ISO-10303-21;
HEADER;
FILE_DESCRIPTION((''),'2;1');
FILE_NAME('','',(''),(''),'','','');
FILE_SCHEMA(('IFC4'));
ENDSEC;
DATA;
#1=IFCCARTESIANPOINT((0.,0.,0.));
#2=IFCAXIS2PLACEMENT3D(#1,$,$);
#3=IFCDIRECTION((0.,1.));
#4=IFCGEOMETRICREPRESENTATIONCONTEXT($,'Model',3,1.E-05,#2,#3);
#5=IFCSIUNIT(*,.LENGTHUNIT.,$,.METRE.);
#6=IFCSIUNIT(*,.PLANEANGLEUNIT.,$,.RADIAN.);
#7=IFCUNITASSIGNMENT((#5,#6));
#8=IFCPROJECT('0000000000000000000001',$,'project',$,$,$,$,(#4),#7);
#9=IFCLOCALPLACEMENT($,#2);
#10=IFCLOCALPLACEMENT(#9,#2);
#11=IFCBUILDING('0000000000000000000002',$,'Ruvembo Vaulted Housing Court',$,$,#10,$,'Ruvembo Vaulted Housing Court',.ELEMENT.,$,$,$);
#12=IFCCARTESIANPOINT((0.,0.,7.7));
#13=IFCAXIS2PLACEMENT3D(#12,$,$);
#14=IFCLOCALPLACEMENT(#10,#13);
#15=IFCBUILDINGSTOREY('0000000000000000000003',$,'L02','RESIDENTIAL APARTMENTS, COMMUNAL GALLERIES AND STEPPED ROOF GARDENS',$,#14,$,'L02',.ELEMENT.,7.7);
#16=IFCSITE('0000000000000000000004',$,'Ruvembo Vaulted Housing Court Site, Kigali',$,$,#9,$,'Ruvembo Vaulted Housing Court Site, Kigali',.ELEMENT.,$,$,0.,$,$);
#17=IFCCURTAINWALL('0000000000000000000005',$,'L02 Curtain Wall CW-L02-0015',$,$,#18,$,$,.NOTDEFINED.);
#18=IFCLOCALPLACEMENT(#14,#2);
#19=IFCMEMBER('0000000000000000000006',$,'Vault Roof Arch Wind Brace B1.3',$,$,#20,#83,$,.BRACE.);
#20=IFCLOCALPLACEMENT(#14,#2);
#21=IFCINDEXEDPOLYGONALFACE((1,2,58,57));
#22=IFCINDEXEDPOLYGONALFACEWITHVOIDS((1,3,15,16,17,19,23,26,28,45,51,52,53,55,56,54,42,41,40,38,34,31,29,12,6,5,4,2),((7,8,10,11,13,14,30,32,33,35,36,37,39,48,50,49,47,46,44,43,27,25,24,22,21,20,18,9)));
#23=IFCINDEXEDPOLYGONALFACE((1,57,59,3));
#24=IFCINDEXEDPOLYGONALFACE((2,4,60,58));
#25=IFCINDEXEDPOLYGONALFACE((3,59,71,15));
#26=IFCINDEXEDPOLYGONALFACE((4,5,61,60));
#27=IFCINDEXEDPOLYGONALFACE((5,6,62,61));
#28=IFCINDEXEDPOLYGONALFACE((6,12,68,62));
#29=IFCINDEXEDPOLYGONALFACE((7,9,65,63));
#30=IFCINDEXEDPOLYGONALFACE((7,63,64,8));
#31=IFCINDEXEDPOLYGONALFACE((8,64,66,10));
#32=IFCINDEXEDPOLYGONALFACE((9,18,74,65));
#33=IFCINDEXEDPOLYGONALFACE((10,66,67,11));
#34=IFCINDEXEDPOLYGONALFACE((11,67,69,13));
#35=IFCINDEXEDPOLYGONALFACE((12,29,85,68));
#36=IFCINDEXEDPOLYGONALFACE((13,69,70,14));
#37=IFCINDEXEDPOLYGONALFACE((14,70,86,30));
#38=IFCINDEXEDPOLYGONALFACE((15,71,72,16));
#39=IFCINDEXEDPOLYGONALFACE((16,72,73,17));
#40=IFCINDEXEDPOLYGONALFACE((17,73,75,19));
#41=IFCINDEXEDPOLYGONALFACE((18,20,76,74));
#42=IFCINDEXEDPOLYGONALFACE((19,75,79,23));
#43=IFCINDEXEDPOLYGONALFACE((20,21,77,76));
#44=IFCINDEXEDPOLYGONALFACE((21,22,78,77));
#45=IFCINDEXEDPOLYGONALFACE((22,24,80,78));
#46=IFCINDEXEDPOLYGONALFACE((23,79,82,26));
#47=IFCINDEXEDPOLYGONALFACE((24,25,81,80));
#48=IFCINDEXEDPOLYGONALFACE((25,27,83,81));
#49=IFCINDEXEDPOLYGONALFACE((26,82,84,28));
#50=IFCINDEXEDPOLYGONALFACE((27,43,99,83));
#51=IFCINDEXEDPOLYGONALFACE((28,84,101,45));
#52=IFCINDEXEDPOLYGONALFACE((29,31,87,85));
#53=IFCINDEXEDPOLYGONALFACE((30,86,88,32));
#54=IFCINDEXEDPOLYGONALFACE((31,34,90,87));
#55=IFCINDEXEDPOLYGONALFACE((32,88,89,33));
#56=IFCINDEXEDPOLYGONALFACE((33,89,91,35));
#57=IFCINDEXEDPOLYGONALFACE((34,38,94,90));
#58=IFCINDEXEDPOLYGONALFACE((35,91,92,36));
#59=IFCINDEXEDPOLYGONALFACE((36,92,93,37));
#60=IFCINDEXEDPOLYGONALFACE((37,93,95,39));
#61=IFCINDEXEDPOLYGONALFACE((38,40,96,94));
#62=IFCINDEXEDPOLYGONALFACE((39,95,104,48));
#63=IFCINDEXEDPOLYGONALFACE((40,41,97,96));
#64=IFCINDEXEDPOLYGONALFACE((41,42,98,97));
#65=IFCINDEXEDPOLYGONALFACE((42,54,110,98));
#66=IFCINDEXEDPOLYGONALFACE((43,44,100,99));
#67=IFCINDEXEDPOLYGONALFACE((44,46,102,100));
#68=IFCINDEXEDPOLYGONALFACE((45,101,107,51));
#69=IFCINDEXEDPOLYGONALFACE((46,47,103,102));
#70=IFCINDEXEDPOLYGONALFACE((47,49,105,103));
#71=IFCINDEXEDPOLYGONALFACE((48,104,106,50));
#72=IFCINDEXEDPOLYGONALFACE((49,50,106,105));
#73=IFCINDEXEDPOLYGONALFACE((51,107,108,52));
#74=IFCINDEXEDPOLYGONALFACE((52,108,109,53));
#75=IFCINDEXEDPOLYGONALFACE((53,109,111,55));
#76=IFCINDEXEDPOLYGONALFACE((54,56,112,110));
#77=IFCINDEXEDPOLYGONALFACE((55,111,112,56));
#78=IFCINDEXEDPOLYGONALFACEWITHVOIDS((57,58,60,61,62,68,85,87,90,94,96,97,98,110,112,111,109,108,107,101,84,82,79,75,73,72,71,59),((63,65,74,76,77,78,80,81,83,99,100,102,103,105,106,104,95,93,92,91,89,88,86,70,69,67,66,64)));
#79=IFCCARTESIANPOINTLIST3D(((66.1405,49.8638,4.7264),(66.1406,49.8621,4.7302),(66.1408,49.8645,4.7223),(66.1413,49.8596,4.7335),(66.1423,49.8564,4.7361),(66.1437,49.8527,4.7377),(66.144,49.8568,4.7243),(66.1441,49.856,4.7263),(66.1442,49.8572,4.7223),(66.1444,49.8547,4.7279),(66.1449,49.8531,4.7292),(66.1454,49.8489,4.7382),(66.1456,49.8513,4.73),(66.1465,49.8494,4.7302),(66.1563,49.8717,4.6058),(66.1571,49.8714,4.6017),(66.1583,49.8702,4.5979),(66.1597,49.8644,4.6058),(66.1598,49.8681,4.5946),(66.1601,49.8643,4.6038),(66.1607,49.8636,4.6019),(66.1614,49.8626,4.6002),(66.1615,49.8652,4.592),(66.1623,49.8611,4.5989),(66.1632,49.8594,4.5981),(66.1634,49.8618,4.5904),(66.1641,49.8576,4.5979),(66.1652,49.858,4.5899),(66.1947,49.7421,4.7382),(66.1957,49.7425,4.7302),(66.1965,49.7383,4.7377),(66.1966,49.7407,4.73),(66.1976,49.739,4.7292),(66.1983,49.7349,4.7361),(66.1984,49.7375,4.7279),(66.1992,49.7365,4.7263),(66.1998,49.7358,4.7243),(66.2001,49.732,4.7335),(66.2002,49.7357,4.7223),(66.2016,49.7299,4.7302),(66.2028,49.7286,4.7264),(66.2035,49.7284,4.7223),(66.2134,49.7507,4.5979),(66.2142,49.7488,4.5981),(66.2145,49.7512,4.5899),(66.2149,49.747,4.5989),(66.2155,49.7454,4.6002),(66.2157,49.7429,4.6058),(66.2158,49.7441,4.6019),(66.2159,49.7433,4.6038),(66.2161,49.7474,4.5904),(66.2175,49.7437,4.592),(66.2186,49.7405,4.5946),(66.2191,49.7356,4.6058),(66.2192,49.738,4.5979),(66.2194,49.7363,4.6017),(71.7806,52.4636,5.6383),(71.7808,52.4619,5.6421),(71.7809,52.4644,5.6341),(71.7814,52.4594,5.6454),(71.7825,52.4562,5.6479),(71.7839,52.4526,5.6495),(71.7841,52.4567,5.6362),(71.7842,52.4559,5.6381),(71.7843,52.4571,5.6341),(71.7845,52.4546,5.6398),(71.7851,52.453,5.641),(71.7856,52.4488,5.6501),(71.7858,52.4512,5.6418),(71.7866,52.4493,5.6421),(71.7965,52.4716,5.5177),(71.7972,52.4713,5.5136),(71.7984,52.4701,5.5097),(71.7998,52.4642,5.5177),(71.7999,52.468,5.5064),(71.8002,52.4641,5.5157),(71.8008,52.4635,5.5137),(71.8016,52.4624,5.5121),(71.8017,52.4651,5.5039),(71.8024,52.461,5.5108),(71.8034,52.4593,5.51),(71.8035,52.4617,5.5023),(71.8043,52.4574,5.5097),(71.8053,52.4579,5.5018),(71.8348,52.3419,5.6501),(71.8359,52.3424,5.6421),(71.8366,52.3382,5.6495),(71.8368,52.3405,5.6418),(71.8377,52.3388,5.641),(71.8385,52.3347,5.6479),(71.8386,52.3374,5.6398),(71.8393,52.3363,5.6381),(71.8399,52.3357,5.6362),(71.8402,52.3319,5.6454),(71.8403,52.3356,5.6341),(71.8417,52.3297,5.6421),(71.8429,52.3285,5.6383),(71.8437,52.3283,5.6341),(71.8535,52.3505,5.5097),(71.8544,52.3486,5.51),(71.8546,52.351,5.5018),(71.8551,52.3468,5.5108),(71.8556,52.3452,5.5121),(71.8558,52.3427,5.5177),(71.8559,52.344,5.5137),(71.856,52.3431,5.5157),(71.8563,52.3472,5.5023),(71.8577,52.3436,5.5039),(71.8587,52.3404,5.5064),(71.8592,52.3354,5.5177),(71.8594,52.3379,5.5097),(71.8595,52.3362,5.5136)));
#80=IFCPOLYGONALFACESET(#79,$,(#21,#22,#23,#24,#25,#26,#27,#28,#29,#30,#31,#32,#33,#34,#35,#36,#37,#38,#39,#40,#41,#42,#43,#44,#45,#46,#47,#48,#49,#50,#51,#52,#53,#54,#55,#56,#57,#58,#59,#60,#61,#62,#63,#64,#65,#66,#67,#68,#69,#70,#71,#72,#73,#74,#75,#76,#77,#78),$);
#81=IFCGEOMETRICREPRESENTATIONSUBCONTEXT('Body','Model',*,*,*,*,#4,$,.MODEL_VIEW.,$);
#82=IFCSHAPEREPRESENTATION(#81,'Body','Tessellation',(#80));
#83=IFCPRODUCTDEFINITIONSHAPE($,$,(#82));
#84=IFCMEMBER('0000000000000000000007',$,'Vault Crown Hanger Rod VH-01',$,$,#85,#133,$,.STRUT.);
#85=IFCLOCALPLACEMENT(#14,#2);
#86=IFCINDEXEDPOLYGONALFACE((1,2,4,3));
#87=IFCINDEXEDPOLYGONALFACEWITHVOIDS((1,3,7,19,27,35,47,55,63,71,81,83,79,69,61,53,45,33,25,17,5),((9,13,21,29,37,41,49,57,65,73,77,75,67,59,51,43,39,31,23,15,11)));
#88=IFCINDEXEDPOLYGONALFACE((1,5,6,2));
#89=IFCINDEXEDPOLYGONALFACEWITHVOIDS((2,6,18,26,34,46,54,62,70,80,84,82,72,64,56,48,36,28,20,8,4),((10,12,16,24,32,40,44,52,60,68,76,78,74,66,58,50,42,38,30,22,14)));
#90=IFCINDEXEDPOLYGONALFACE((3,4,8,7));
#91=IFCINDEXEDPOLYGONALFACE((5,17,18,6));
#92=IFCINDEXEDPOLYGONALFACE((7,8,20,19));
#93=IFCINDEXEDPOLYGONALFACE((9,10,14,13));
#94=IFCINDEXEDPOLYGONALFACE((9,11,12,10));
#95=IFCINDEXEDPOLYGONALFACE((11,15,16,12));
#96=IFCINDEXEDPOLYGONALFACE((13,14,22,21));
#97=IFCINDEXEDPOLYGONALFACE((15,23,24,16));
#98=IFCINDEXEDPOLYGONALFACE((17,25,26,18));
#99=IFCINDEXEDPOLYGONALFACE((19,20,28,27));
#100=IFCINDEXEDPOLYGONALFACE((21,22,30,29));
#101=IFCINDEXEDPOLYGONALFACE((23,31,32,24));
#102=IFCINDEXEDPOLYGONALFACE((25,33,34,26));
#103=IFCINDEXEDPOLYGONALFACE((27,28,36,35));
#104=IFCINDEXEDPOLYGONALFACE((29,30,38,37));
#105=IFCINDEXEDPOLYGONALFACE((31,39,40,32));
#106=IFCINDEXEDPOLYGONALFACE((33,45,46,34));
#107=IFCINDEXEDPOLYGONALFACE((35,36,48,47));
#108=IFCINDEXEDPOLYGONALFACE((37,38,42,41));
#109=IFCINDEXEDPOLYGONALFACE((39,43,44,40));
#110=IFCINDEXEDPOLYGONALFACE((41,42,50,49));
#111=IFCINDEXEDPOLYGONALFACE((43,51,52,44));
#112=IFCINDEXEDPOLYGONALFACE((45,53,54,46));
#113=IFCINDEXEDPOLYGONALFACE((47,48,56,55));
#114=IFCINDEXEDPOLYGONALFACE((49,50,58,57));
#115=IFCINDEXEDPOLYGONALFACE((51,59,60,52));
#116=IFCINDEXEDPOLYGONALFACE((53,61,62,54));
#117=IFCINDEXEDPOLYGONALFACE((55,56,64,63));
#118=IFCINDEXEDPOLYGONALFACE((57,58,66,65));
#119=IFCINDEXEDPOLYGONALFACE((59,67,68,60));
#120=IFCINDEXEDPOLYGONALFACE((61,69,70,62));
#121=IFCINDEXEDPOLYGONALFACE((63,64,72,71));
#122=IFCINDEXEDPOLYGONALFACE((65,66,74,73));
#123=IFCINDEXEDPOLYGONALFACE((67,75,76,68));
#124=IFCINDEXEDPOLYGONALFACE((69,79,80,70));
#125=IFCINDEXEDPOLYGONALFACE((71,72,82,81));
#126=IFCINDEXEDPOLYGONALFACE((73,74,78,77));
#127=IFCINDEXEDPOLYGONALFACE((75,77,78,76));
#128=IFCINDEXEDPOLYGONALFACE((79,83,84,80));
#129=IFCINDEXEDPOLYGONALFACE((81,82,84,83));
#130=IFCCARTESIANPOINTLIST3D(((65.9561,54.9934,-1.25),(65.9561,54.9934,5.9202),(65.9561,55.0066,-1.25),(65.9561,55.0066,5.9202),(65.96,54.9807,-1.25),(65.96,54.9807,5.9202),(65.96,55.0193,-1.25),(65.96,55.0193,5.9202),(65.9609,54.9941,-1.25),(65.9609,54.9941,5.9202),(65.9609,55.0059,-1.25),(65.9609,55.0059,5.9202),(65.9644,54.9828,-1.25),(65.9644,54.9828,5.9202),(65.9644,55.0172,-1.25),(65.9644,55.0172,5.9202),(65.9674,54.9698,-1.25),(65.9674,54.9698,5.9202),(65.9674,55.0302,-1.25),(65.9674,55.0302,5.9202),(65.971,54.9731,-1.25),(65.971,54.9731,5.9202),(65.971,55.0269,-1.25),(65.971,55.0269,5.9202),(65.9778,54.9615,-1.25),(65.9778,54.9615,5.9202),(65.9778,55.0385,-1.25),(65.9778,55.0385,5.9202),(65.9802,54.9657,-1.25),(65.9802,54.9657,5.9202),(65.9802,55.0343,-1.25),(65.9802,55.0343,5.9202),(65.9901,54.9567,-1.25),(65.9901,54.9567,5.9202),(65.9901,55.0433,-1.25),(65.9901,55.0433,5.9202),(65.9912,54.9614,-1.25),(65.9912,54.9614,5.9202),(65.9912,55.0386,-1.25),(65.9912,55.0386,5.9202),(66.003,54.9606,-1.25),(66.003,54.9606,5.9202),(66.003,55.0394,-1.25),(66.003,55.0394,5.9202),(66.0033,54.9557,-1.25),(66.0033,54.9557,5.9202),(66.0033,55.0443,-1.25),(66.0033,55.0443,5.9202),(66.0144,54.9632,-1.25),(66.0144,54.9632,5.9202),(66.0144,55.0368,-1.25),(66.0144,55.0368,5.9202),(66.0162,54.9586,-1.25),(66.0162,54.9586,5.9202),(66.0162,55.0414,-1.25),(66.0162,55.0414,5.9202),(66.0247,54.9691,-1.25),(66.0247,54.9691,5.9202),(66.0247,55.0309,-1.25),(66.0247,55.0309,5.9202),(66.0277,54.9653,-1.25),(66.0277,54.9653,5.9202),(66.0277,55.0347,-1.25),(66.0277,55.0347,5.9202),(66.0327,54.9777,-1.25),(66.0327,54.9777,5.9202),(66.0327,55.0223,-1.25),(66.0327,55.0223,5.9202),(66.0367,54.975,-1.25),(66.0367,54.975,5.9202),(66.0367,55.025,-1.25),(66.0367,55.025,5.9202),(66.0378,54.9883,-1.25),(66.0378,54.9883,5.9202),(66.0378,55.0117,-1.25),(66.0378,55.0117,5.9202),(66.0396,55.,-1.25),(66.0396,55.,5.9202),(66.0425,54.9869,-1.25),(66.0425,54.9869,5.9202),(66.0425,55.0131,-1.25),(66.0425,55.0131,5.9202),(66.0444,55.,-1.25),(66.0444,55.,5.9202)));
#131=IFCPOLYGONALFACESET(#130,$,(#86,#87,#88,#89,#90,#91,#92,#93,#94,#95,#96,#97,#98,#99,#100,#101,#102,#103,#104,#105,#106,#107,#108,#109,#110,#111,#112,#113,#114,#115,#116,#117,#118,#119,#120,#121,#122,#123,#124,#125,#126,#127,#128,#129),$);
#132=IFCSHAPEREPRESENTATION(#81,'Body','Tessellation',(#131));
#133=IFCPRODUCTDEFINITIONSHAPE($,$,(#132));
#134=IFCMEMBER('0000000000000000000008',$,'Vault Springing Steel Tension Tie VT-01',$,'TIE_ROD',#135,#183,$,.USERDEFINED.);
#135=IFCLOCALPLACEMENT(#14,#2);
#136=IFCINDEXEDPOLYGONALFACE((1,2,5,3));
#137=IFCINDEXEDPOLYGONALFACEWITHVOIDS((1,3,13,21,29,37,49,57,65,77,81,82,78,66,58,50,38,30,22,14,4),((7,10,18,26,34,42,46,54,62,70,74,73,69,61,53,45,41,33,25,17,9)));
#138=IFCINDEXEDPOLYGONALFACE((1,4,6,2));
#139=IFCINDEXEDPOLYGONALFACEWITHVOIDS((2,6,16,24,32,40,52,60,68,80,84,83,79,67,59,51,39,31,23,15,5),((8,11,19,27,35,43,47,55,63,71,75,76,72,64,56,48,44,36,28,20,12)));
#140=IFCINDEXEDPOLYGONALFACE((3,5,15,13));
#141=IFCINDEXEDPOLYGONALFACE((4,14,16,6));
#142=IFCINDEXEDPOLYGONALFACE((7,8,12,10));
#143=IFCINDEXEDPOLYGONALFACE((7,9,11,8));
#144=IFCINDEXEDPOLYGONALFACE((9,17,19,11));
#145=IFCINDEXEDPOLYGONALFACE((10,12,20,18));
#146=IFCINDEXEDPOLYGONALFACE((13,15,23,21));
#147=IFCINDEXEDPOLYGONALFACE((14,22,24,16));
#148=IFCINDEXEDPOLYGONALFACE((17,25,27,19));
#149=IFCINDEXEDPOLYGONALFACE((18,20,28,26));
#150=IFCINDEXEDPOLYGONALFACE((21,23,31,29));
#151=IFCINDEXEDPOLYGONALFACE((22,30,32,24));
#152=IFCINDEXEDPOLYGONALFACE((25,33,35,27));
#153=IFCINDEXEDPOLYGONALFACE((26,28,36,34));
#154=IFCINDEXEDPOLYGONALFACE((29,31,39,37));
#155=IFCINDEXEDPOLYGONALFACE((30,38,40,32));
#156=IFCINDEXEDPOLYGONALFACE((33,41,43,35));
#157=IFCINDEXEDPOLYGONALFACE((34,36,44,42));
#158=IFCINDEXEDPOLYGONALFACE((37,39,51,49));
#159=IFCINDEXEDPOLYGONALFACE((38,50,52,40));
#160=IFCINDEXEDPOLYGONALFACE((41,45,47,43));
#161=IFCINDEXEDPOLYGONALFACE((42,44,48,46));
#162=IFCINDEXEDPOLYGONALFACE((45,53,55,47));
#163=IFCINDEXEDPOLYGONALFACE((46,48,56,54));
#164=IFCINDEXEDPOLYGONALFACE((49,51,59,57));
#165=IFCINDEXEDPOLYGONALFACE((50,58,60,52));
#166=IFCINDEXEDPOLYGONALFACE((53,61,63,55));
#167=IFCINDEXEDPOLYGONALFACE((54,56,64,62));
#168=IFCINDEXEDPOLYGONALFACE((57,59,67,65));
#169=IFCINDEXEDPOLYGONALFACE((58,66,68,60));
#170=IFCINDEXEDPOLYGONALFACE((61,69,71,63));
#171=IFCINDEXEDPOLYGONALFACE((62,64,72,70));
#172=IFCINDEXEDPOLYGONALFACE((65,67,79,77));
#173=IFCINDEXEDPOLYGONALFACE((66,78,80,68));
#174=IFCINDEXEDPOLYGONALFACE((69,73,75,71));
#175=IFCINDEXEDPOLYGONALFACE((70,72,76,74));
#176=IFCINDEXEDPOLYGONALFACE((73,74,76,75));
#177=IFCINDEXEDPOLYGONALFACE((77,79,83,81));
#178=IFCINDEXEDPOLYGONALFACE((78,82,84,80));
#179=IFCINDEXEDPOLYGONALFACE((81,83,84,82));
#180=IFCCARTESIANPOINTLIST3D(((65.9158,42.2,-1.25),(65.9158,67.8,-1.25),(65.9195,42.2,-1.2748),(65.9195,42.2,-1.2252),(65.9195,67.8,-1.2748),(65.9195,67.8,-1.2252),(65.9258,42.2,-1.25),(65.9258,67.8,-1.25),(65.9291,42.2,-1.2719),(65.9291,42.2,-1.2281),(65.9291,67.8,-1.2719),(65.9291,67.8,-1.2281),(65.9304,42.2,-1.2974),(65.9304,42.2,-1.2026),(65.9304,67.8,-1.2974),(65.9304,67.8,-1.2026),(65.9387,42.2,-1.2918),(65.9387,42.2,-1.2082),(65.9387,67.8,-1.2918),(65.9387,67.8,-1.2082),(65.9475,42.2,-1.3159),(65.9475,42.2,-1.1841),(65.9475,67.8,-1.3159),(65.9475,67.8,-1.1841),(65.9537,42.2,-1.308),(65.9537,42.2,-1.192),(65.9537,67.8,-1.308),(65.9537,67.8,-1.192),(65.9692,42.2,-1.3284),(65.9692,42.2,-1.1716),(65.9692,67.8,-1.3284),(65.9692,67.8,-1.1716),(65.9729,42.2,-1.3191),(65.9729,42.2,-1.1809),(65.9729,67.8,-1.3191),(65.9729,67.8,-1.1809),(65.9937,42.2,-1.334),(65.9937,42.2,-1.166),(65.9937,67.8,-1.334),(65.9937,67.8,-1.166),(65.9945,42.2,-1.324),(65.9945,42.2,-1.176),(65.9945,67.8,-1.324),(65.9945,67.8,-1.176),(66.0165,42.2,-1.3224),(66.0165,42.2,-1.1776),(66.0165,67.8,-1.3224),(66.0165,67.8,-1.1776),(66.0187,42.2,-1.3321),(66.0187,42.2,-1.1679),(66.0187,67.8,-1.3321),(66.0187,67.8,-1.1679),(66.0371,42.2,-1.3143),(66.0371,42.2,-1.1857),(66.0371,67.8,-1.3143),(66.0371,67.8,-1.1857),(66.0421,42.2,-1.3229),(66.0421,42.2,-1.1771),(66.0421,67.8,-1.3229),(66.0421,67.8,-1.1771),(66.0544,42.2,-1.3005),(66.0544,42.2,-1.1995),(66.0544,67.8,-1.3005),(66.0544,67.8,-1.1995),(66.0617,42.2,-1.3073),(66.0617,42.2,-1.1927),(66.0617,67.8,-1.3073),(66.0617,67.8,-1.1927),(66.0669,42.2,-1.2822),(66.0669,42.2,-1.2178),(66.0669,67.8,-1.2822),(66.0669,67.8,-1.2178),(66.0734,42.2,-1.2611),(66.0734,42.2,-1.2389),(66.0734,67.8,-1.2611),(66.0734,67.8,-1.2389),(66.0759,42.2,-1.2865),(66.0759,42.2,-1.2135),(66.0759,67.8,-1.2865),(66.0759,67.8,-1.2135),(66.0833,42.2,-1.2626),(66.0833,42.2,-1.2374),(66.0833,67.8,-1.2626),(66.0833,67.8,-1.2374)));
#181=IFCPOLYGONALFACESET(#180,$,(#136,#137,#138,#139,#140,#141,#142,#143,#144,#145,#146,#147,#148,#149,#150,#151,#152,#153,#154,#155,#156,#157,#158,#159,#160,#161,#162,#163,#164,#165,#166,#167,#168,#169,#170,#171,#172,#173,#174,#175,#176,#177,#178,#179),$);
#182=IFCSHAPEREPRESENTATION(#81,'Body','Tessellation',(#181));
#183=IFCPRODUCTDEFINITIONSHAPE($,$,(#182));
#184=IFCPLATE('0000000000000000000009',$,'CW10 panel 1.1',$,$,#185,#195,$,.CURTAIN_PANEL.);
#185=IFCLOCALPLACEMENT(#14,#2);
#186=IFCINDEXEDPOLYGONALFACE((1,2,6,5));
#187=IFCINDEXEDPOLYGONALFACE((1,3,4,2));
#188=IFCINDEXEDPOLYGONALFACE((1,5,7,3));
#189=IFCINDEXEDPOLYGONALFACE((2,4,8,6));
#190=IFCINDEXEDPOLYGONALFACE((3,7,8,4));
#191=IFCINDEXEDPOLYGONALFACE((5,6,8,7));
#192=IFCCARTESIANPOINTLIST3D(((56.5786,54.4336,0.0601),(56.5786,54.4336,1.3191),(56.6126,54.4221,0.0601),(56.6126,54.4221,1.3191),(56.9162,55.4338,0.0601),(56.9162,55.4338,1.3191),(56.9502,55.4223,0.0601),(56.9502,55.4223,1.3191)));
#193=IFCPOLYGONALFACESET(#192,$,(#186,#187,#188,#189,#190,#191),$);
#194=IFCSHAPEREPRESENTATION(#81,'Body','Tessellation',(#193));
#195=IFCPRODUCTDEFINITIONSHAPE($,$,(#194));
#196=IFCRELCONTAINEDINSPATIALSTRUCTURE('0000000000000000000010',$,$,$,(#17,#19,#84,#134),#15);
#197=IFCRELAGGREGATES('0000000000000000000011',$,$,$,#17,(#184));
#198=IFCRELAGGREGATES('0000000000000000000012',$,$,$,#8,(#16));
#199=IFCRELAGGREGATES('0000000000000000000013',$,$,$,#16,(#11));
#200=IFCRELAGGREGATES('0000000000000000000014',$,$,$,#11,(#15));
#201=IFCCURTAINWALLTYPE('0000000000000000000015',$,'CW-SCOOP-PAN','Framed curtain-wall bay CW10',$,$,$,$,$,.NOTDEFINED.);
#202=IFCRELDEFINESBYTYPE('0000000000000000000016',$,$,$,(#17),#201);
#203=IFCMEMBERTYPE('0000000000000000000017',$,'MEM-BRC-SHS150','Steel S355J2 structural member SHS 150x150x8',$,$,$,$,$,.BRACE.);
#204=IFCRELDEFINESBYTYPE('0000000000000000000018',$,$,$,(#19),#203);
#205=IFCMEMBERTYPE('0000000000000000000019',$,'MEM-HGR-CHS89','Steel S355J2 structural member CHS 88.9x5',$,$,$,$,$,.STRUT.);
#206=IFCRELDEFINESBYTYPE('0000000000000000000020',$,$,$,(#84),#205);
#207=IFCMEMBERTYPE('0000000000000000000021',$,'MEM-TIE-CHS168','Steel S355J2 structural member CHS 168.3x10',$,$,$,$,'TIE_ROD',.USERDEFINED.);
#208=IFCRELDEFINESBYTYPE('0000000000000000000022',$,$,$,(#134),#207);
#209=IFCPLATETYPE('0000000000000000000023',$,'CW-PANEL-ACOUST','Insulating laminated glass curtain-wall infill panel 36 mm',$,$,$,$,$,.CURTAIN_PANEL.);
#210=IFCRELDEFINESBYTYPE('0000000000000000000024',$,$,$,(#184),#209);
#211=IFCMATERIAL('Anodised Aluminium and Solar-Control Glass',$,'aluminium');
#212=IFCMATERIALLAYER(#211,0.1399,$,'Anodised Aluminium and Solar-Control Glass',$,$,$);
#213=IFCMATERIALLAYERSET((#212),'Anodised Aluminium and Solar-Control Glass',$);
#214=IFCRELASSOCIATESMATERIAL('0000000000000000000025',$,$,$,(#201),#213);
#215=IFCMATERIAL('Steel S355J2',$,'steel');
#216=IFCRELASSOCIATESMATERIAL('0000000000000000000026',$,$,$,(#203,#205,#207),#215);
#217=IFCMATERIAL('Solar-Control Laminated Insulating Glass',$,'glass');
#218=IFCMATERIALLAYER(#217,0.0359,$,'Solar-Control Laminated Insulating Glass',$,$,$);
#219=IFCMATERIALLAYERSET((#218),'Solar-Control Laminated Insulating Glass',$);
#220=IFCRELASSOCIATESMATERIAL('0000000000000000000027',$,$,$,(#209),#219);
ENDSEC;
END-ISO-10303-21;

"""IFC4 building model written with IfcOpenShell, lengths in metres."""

from ifc_helpers import new_model, si_unit, direction, frame, origin, origin_2d, place, context, subcontext, project, spatial, rectangle, hollow_rectangle, hollow_circle, extrude, material, layer, layer_set, material_profile, profile_set, type_object, element, aggregate, save


model = new_model("IFC4")

# Units and contexts
model_context = context("Model", 3, precision=1e-05, world=origin(), true_north=direction((0.0, 1.0)))
body_context = subcontext(model_context, "Body", "Model", "MODEL_VIEW")
ifc_project = project(units=[si_unit("LENGTHUNIT", "METRE"), si_unit("PLANEANGLEUNIT", "RADIAN")], contexts=[model_context])

# Site, building, storey
site_placement = place(None, origin())
site = spatial("IfcSite", under=ifc_project, at=site_placement, Name="Ruvembo Vaulted Housing Court Site, Kigali", LongName="Ruvembo Vaulted Housing Court Site, Kigali", CompositionType="ELEMENT", RefElevation=0.0)
building_placement = place(site_placement, origin())
building = spatial("IfcBuilding", under=site, at=building_placement, Name="Ruvembo Vaulted Housing Court", LongName="Ruvembo Vaulted Housing Court", CompositionType="ELEMENT")
storey_placement = place(building_placement, frame((0.0, 0.0, 7.7)))
storey = spatial("IfcBuildingStorey", under=building, at=storey_placement, Name="L02", Description="RESIDENTIAL APARTMENTS, COMMUNAL GALLERIES AND STEPPED ROOF GARDENS", LongName="L02", CompositionType="ELEMENT", Elevation=7.7)

# Shared definitions
ifc_material_1 = material(Name="Steel S355J2", Category="steel")

# Curtain wall
ifc_material_2 = material(Name="Anodised Aluminium and Solar-Control Glass", Category="aluminium")
ifc_layer_1 = layer(ifc_material_2, 0.1399, Name="Anodised Aluminium and Solar-Control Glass")
ifc_layer_set_1 = layer_set([ifc_layer_1], Name="Anodised Aluminium and Solar-Control Glass")
curtain_wall_type = type_object("IfcCurtainWallType", Name="CW-SCOOP-PAN", Description="Framed curtain-wall bay CW10", PredefinedType="NOTDEFINED", material=ifc_layer_set_1)
curtain_wall_placement = place(storey_placement, origin())
curtain_wall = element("IfcCurtainWall", 1, at=curtain_wall_placement, inside=storey, type_object=curtain_wall_type, Name="L02 Curtain Wall CW-L02-0015", PredefinedType="NOTDEFINED")

# Members
ifc_material_profile_1 = material_profile(ifc_material_1, hollow_rectangle(XDim=0.1499, YDim=0.1499, WallThickness=0.0081, InnerFilletRadius=0.0081, OuterFilletRadius=0.0161, at=origin_2d()), Name="SHS 150x150x8")
ifc_profile_set_1 = profile_set([ifc_material_profile_1], Name="Steel S355J2")
member_type_1 = type_object("IfcMemberType", Name="MEM-BRC-SHS150", Description="Steel S355J2 structural member SHS 150x150x8", PredefinedType="BRACE", material=ifc_profile_set_1)
member_1_placement = place(storey_placement, frame((66.1799, 49.8, 4.6641), z_axis=(0.898527, 0.414181, 0.145269), x_axis=(-0.418622, 0.908161, 0.0)))
element("IfcMember", 2, at=member_1_placement, inside=storey, type_object=member_type_1, Name="Vault Roof Arch Wind Brace B1.3", PredefinedType="BRACE", context=body_context, shape_type="SweptSolid", body=[
    extrude(hollow_rectangle(XDim=0.1499, YDim=0.1499, WallThickness=0.0081, InnerFilletRadius=0.0081, OuterFilletRadius=0.0161, at=origin_2d()), origin(), (0.0, 0.0, 1.0), 6.2771),
])
ifc_material_profile_2 = material_profile(ifc_material_1, hollow_circle(Radius=0.0444, WallThickness=0.0049, at=origin_2d()), Name="CHS 88.9x5")
ifc_profile_set_2 = profile_set([ifc_material_profile_2], Name="Steel S355J2")
member_type_2 = type_object("IfcMemberType", Name="MEM-HGR-CHS89", Description="Steel S355J2 structural member CHS 88.9x5", PredefinedType="STRUT", material=ifc_profile_set_2)
member_2_placement = place(storey_placement, frame((66.0, 55.0, -1.25), z_axis=(0.0, 0.0, 1.0), x_axis=(1.0, 0.0, 0.0)))
element("IfcMember", 3, at=member_2_placement, inside=storey, type_object=member_type_2, Name="Vault Crown Hanger Rod VH-01", PredefinedType="STRUT", context=body_context, shape_type="SweptSolid", body=[
    extrude(hollow_circle(Radius=0.0444, WallThickness=0.0049, at=origin_2d()), origin(), (0.0, 0.0, 1.0), 7.1702),
])
ifc_material_profile_3 = material_profile(ifc_material_1, hollow_circle(Radius=0.0842, WallThickness=0.01, at=origin_2d()), Name="CHS 168.3x10")
ifc_profile_set_3 = profile_set([ifc_material_profile_3], Name="Steel S355J2")
member_type_3 = type_object("IfcMemberType", Name="MEM-TIE-CHS168", Description="Steel S355J2 structural member CHS 168.3x10", ElementType="TIE_ROD", PredefinedType="USERDEFINED", material=ifc_profile_set_3)
member_3_placement = place(storey_placement, frame((66.0, 42.2, -1.25), z_axis=(0.0, 1.0, 0.0), x_axis=(-1.0, 0.0, 0.0)))
element("IfcMember", 4, at=member_3_placement, inside=storey, type_object=member_type_3, Name="Vault Springing Steel Tension Tie VT-01", ObjectType="TIE_ROD", PredefinedType="USERDEFINED", context=body_context, shape_type="SweptSolid", body=[
    extrude(hollow_circle(Radius=0.0842, WallThickness=0.01, at=origin_2d()), origin(), (0.0, 0.0, 1.0), 25.6001),
])

# Plate
ifc_material_3 = material(Name="Solar-Control Laminated Insulating Glass", Category="glass")
ifc_layer_2 = layer(ifc_material_3, 0.0359, Name="Solar-Control Laminated Insulating Glass")
ifc_layer_set_2 = layer_set([ifc_layer_2], Name="Solar-Control Laminated Insulating Glass")
plate_type_1 = type_object("IfcPlateType", Name="CW-PANEL-ACOUST", Description="Insulating laminated glass curtain-wall infill panel 36 mm", PredefinedType="CURTAIN_PANEL", material=ifc_layer_set_2)
plate_1_placement = place(storey_placement, frame((56.7644, 54.928, 0.0601), z_axis=(0.0, 0.0, 1.0), x_axis=(0.319836, 0.947473, 0.0)))
plate_1 = element("IfcPlate", 5, at=plate_1_placement, type_object=plate_type_1, Name="CW10 panel 1.1", PredefinedType="CURTAIN_PANEL", context=body_context, shape_type="SweptSolid", body=[
    extrude(rectangle(XDim=1.0557, YDim=0.0359, at=origin_2d()), origin(), (0.0, 0.0, 1.0), 1.259),
])
aggregate(curtain_wall, [plate_1])

save(model, "model.ifc")
